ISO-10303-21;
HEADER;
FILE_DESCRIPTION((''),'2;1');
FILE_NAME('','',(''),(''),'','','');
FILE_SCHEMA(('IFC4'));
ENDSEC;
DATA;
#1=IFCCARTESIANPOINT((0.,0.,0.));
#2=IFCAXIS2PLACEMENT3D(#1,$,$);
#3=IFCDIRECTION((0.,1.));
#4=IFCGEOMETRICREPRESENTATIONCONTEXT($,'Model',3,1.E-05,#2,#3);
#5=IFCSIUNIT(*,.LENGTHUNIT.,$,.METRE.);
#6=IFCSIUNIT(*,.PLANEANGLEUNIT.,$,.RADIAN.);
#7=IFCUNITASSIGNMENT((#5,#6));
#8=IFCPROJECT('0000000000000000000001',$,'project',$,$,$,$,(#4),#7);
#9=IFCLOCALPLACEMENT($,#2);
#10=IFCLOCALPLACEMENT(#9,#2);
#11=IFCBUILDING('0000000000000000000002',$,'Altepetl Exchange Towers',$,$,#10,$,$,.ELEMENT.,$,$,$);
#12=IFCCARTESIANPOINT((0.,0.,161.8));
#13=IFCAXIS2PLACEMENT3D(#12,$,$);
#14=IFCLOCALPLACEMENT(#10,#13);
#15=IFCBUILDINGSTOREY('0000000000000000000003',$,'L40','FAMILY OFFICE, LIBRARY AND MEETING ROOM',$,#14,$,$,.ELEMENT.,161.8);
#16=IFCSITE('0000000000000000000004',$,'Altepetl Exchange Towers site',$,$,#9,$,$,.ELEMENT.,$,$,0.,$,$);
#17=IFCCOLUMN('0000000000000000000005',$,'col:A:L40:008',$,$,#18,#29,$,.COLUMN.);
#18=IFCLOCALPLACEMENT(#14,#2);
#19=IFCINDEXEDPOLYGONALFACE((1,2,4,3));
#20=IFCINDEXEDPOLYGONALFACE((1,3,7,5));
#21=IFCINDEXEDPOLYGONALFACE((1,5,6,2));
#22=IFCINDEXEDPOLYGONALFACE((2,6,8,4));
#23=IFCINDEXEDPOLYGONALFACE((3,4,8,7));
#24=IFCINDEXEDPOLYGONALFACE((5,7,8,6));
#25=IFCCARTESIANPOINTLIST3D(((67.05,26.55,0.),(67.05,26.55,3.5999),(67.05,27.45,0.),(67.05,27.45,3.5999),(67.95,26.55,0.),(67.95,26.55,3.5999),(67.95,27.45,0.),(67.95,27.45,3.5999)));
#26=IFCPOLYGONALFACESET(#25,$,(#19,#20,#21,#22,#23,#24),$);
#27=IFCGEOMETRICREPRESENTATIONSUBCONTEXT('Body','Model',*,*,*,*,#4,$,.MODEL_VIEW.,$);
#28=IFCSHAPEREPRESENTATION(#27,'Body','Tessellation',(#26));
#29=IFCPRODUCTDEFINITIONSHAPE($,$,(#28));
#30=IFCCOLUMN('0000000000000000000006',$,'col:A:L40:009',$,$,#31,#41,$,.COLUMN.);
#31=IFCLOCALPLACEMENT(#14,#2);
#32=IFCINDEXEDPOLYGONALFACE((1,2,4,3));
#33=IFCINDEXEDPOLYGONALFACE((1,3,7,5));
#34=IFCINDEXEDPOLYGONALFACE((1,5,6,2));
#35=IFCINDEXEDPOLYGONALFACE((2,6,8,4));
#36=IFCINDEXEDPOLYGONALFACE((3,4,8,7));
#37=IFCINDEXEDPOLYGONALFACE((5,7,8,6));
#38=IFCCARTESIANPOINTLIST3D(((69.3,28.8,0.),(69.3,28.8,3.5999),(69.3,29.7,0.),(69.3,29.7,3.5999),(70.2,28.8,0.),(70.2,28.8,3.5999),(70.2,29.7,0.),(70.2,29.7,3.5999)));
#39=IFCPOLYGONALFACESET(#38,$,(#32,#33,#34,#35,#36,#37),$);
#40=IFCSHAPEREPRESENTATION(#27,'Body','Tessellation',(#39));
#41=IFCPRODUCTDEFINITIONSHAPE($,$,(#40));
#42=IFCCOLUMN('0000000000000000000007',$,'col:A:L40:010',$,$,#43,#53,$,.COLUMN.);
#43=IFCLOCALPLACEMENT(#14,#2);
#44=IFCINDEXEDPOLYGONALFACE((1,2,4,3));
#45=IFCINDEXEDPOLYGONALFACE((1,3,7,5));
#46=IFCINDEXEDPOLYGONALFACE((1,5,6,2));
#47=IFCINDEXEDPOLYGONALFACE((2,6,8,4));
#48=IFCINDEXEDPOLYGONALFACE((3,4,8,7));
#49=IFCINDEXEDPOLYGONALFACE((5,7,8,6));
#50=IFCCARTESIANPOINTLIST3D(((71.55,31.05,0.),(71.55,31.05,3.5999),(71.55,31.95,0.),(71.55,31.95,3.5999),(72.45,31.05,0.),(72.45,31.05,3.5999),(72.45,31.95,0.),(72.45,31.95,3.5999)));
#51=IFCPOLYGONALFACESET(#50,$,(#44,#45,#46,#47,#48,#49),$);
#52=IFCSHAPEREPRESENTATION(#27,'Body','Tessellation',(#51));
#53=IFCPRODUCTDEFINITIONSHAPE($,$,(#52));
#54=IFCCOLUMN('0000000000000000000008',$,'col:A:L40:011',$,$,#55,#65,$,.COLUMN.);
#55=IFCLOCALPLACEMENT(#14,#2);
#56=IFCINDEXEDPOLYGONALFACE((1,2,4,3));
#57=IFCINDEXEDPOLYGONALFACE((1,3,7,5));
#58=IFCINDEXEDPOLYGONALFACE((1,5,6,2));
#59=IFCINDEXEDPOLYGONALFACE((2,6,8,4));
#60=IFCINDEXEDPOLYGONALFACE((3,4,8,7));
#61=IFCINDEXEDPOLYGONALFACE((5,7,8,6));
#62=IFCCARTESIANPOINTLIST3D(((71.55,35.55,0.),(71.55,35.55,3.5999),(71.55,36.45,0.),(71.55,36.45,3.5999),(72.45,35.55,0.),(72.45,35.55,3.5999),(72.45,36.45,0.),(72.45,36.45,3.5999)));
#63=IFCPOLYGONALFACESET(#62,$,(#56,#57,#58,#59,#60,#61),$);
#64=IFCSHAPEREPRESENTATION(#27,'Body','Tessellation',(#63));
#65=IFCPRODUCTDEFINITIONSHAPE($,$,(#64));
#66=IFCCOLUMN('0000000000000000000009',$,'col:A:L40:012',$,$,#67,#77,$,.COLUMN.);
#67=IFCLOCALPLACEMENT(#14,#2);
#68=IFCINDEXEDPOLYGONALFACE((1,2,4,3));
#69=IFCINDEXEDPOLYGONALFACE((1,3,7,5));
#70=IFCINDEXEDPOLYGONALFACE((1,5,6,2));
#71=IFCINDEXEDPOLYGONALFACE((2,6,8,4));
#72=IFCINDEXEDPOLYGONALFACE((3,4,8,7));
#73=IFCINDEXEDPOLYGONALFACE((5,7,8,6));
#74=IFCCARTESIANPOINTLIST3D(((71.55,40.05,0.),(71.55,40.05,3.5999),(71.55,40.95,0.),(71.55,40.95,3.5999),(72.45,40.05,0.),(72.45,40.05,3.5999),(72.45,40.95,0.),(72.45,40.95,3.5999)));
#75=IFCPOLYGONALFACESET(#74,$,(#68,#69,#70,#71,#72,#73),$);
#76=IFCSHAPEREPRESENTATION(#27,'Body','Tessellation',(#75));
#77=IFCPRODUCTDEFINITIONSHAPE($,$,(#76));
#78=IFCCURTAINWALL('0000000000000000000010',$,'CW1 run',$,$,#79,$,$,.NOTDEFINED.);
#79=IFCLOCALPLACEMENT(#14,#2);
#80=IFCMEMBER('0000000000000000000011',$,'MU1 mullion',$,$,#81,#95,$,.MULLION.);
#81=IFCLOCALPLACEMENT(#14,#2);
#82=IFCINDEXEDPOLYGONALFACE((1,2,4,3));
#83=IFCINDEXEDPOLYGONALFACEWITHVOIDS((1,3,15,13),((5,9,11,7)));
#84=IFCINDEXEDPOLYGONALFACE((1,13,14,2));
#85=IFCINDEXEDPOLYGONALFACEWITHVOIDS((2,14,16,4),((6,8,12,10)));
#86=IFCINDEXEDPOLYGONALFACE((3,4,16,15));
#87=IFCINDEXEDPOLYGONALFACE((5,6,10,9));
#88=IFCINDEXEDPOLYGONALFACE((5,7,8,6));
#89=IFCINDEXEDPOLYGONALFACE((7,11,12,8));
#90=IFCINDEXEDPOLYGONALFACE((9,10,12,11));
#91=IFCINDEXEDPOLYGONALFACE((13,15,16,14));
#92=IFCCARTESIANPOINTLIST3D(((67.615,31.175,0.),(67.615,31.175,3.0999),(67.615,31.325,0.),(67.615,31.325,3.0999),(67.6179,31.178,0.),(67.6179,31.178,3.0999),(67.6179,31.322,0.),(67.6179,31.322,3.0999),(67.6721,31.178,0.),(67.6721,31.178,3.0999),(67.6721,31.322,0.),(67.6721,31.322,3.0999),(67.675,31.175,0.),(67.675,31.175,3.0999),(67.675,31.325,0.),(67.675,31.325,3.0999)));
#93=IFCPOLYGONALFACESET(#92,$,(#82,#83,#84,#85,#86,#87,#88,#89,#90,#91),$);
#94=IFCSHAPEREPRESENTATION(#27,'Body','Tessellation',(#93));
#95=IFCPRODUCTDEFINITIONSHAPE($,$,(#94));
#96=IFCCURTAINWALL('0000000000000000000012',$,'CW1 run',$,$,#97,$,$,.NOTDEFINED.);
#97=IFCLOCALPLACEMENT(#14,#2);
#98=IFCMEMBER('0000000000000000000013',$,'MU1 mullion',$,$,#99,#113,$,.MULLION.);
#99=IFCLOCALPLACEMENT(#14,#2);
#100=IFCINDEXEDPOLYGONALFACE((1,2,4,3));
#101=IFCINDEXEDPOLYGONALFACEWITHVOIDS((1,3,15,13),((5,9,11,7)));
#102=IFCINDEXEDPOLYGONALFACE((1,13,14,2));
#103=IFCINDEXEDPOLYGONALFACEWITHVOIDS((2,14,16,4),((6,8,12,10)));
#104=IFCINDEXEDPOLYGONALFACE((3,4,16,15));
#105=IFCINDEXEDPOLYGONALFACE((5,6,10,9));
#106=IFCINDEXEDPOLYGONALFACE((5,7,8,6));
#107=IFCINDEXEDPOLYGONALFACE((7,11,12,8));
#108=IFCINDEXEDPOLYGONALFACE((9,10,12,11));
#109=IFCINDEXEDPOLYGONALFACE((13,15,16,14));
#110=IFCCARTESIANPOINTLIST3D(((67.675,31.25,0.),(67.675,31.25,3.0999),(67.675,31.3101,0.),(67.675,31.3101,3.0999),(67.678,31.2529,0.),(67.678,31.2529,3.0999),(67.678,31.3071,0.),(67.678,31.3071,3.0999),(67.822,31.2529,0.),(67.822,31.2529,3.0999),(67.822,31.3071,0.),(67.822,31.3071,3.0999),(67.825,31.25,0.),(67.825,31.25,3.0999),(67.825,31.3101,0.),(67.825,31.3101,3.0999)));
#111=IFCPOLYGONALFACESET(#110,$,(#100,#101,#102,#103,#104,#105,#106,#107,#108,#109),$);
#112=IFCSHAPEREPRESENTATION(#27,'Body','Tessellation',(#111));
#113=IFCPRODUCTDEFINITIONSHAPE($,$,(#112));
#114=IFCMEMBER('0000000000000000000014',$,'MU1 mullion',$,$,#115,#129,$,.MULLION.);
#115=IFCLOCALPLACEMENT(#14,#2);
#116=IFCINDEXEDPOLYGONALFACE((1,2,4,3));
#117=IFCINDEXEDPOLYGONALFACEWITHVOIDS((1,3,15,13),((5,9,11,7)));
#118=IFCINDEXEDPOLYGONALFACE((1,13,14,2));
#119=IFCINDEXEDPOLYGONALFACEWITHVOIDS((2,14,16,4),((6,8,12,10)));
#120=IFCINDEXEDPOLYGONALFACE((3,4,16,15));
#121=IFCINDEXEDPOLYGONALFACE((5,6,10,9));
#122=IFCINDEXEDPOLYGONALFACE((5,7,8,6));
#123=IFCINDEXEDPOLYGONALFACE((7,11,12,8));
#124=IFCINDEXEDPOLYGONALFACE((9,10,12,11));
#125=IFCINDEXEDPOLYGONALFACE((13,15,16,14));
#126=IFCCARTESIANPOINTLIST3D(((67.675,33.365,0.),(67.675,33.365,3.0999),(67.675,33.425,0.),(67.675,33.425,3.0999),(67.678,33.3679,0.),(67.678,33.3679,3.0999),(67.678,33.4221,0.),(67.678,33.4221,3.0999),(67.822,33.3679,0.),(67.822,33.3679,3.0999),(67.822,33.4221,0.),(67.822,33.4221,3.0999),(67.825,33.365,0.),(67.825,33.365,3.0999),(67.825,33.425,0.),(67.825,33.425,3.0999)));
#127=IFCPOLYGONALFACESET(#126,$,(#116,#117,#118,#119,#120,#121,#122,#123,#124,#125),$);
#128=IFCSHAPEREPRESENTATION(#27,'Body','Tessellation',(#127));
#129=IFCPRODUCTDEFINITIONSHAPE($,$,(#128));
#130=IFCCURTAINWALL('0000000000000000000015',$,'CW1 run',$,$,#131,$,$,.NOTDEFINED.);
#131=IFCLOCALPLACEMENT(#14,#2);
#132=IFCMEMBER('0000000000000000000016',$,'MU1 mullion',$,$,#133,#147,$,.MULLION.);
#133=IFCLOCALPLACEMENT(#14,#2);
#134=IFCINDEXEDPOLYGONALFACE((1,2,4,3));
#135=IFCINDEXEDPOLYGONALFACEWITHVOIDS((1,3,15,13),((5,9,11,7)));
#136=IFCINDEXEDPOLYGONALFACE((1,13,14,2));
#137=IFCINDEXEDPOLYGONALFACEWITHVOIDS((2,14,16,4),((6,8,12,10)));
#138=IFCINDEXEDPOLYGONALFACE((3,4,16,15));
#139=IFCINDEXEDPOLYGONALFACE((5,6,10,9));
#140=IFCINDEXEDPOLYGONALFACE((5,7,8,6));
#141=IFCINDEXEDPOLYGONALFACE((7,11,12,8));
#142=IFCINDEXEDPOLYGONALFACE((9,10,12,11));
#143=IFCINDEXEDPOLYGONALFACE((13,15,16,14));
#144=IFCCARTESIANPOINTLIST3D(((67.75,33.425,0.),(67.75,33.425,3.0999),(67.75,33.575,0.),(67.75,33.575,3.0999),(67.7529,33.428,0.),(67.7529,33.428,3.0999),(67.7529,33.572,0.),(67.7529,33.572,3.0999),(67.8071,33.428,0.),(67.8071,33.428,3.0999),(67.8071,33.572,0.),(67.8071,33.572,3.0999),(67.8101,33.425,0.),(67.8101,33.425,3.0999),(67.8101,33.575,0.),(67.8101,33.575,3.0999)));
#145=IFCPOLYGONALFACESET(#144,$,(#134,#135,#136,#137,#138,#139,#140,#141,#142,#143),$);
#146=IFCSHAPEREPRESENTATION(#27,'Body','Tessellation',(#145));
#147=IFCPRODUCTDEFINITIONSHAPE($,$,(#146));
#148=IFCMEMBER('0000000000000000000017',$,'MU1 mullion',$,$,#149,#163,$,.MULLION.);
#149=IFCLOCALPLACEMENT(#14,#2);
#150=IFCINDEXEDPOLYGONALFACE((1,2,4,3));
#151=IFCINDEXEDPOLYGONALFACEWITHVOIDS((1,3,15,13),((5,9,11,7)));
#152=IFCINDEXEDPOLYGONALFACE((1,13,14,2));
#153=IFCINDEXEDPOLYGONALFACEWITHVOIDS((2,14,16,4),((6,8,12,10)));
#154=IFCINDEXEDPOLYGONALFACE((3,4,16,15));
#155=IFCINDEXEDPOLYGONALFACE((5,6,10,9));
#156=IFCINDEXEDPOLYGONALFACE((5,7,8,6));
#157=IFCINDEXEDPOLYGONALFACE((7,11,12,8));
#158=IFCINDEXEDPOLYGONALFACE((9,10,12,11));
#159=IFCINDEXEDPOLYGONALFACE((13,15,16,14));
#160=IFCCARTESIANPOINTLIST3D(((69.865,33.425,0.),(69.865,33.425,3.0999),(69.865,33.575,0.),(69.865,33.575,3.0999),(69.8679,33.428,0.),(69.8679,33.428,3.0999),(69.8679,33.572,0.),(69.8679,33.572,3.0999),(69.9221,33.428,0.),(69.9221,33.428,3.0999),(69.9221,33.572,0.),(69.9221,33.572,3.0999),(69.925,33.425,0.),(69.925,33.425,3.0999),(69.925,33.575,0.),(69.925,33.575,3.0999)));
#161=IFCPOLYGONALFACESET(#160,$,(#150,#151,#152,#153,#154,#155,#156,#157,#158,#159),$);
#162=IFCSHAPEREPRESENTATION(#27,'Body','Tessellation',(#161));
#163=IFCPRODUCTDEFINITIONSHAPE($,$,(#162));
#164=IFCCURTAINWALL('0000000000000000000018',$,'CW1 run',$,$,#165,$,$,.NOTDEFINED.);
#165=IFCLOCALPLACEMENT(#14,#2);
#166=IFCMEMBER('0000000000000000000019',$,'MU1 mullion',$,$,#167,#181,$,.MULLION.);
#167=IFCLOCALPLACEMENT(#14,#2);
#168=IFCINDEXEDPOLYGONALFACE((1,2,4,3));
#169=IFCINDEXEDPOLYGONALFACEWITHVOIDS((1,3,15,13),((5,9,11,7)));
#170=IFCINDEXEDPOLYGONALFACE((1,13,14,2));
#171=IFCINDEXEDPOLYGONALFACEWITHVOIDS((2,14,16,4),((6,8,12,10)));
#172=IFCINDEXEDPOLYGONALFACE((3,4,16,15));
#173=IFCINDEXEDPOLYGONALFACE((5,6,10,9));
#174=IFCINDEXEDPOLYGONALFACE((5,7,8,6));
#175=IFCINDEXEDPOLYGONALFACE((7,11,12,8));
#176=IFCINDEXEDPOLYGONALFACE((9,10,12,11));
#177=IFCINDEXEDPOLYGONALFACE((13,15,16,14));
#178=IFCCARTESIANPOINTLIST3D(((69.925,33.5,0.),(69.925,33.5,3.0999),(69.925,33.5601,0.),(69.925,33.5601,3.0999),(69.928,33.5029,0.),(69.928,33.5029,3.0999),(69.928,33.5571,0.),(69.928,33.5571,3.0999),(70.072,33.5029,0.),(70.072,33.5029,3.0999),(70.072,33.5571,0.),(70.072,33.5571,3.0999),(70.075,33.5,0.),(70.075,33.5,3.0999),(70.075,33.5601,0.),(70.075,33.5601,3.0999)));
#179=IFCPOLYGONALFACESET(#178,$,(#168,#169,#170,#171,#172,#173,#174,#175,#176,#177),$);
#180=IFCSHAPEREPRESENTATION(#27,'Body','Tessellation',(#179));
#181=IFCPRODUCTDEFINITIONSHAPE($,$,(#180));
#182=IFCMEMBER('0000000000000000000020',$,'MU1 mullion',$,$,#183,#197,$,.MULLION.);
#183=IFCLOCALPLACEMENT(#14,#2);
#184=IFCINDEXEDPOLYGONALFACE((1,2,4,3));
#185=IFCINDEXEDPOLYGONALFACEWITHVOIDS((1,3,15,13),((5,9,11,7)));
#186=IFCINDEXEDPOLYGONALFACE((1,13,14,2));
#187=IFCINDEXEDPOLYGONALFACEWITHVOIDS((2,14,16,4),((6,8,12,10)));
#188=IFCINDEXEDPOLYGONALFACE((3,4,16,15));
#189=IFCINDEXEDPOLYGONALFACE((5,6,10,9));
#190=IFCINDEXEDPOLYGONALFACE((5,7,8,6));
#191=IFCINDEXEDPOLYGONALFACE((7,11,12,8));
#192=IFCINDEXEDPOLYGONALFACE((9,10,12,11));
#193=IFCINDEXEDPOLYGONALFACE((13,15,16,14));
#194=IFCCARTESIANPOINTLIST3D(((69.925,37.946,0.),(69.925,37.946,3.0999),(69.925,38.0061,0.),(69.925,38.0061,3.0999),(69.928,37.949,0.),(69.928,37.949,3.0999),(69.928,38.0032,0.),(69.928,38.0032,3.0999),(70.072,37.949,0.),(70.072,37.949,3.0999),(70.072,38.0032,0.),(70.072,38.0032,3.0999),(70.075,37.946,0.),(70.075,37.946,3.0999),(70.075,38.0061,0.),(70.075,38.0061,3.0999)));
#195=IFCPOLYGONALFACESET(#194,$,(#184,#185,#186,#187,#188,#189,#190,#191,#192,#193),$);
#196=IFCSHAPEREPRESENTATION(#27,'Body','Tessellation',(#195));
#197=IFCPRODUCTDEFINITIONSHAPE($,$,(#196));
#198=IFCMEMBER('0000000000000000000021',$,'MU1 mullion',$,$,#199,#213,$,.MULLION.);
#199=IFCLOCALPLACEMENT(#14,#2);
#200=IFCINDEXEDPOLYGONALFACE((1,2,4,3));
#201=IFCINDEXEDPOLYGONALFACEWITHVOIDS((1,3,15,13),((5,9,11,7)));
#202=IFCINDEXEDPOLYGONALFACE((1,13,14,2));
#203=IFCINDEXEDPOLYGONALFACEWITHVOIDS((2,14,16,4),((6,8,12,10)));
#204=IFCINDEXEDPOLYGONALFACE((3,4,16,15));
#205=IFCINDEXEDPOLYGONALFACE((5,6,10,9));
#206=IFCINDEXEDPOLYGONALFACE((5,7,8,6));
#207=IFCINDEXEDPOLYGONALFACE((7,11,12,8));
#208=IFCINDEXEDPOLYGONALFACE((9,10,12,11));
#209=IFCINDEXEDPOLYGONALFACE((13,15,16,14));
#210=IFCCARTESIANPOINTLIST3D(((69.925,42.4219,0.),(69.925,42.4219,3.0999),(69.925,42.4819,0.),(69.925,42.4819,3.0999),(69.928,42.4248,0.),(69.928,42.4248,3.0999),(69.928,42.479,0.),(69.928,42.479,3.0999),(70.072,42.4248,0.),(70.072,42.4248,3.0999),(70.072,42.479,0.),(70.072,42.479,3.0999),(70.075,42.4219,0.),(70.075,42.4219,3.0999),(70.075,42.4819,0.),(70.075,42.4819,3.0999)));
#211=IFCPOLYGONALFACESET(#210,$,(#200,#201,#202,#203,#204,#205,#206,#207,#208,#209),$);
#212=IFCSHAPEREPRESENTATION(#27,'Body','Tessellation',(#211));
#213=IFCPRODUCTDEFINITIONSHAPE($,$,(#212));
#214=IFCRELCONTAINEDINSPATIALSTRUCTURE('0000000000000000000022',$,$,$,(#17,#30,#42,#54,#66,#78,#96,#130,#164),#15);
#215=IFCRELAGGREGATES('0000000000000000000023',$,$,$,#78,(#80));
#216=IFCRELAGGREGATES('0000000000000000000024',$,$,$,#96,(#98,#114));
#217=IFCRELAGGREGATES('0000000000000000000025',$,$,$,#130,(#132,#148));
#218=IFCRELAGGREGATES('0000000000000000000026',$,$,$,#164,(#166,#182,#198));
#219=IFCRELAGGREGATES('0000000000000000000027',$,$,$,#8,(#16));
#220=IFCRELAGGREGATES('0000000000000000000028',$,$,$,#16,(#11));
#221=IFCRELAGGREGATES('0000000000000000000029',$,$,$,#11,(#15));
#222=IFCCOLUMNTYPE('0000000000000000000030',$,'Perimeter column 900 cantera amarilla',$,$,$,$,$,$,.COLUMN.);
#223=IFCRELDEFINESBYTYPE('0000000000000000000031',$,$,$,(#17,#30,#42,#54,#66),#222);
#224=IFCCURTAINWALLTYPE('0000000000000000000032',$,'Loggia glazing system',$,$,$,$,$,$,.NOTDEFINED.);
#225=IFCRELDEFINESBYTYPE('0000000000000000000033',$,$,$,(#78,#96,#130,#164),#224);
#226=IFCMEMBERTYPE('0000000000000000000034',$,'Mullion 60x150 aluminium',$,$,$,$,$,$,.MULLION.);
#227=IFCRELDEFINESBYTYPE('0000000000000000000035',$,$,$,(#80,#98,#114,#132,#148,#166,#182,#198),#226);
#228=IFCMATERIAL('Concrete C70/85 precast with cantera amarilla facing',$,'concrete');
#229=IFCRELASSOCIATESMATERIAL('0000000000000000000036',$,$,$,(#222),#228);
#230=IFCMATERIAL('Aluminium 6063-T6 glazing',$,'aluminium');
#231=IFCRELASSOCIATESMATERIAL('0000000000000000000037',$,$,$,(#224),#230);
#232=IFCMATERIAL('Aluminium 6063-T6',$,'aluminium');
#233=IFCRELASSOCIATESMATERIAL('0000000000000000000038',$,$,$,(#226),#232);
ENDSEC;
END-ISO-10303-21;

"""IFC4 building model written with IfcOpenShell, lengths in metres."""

from ifc_helpers import new_model, si_unit, direction, frame, origin, origin_2d, place, context, subcontext, project, spatial, rectangle, hollow_rectangle, extrude, material, material_profile, profile_set, type_object, element, aggregate, save


model = new_model("IFC4")

# Units and contexts
model_context = context("Model", 3, precision=1e-05, world=origin(), true_north=direction((0.0, 1.0)))
body_context = subcontext(model_context, "Body", "Model", "MODEL_VIEW")
ifc_project = project(units=[si_unit("LENGTHUNIT", "METRE"), si_unit("PLANEANGLEUNIT", "RADIAN")], contexts=[model_context])

# Site, building, storey
site_placement = place(None, origin())
site = spatial("IfcSite", under=ifc_project, at=site_placement, Name="Altepetl Exchange Towers site", CompositionType="ELEMENT", RefElevation=0.0)
building_placement = place(site_placement, origin())
building = spatial("IfcBuilding", under=site, at=building_placement, Name="Altepetl Exchange Towers", CompositionType="ELEMENT")
storey_placement = place(building_placement, frame((0.0, 0.0, 161.8)))
storey = spatial("IfcBuildingStorey", under=building, at=storey_placement, Name="L40", Description="FAMILY OFFICE, LIBRARY AND MEETING ROOM", CompositionType="ELEMENT", Elevation=161.8)

# Columns
ifc_material_1 = material(Name="Concrete C70/85 precast with cantera amarilla facing", Category="concrete")
ifc_material_profile_1 = material_profile(ifc_material_1, rectangle(XDim=0.8999, YDim=0.8999, at=origin_2d()), Name="900 x 900")
ifc_profile_set_1 = profile_set([ifc_material_profile_1], Name="Concrete C70/85 precast with cantera amarilla facing")
column_type = type_object("IfcColumnType", Name="Perimeter column 900 cantera amarilla", PredefinedType="COLUMN", material=ifc_profile_set_1)
for number, where, name in (
    (1, (67.5, 27.0, 0.0), "col:A:L40:008"),
    (2, (69.75, 29.25, 0.0), "col:A:L40:009"),
    (3, (72.0, 31.5, 0.0), "col:A:L40:010"),
    (4, (72.0, 36.0, 0.0), "col:A:L40:011"),
    (5, (72.0, 40.5, 0.0), "col:A:L40:012"),
):
    element("IfcColumn", number, at=place(storey_placement, frame(where)), inside=storey, type_object=column_type, Name=name, PredefinedType="COLUMN", context=body_context, shape_type="SweptSolid", body=[
        extrude(rectangle(XDim=0.8999, YDim=0.8999, at=origin_2d()), origin(), (0.0, 0.0, 1.0), 3.5999),
    ])

# Curtain wall, member
ifc_material_2 = material(Name="Aluminium 6063-T6 glazing", Category="aluminium")
curtain_wall_type = type_object("IfcCurtainWallType", Name="Loggia glazing system", PredefinedType="NOTDEFINED", material=ifc_material_2)
curtain_wall_1_placement = place(storey_placement, origin())
curtain_wall_1 = element("IfcCurtainWall", 6, at=curtain_wall_1_placement, inside=storey, type_object=curtain_wall_type, Name="CW1 run", PredefinedType="NOTDEFINED")
ifc_material_3 = material(Name="Aluminium 6063-T6", Category="aluminium")
ifc_material_profile_2 = material_profile(ifc_material_3, hollow_rectangle(XDim=0.0601, YDim=0.1499, WallThickness=0.0029, at=origin_2d()), Name="Mullion 60x150 aluminium")
ifc_profile_set_2 = profile_set([ifc_material_profile_2], Name="Aluminium 6063-T6")
member_type = type_object("IfcMemberType", Name="Mullion 60x150 aluminium", PredefinedType="MULLION", material=ifc_profile_set_2)
member_1_placement = place(storey_placement, frame((67.645, 31.25, 0.0)))
member_1 = element("IfcMember", 7, at=member_1_placement, type_object=member_type, Name="MU1 mullion", PredefinedType="MULLION", context=body_context, shape_type="SweptSolid", body=[
    extrude(hollow_rectangle(XDim=0.0601, YDim=0.1499, WallThickness=0.0029, at=origin_2d()), origin(), (0.0, 0.0, 1.0), 3.0999),
])
aggregate(curtain_wall_1, [member_1])

# Curtain walls, members
curtain_wall_2_placement = place(storey_placement, origin())
curtain_wall_2 = element("IfcCurtainWall", 8, at=curtain_wall_2_placement, inside=storey, type_object=curtain_wall_type, Name="CW1 run", PredefinedType="NOTDEFINED")
member_2_placement = place(storey_placement, frame((67.75, 31.28, 0.0), z_axis=(0.0, 0.0, 1.0), x_axis=(0.0, 1.0, 0.0)))
member_2 = element("IfcMember", 9, at=member_2_placement, type_object=member_type, Name="MU1 mullion", PredefinedType="MULLION", context=body_context, shape_type="SweptSolid", body=[
    extrude(hollow_rectangle(XDim=0.0601, YDim=0.1499, WallThickness=0.0029, at=origin_2d()), origin(), (0.0, 0.0, 1.0), 3.0999),
])
member_3_placement = place(storey_placement, frame((67.75, 33.395, 0.0), z_axis=(0.0, 0.0, 1.0), x_axis=(0.0, 1.0, 0.0)))
member_3 = element("IfcMember", 10, at=member_3_placement, type_object=member_type, Name="MU1 mullion", PredefinedType="MULLION", context=body_context, shape_type="SweptSolid", body=[
    extrude(hollow_rectangle(XDim=0.0601, YDim=0.1499, WallThickness=0.0029, at=origin_2d()), origin(), (0.0, 0.0, 1.0), 3.0999),
])
curtain_wall_3_placement = place(storey_placement, origin())
curtain_wall_3 = element("IfcCurtainWall", 11, at=curtain_wall_3_placement, inside=storey, type_object=curtain_wall_type, Name="CW1 run", PredefinedType="NOTDEFINED")
member_4_placement = place(storey_placement, frame((67.78, 33.5, 0.0)))
member_4 = element("IfcMember", 12, at=member_4_placement, type_object=member_type, Name="MU1 mullion", PredefinedType="MULLION", context=body_context, shape_type="SweptSolid", body=[
    extrude(hollow_rectangle(XDim=0.0601, YDim=0.1499, WallThickness=0.0029, at=origin_2d()), origin(), (0.0, 0.0, 1.0), 3.0999),
])
member_5_placement = place(storey_placement, frame((69.895, 33.5, 0.0)))
member_5 = element("IfcMember", 13, at=member_5_placement, type_object=member_type, Name="MU1 mullion", PredefinedType="MULLION", context=body_context, shape_type="SweptSolid", body=[
    extrude(hollow_rectangle(XDim=0.0601, YDim=0.1499, WallThickness=0.0029, at=origin_2d()), origin(), (0.0, 0.0, 1.0), 3.0999),
])
curtain_wall_4_placement = place(storey_placement, origin())
curtain_wall_4 = element("IfcCurtainWall", 14, at=curtain_wall_4_placement, inside=storey, type_object=curtain_wall_type, Name="CW1 run", PredefinedType="NOTDEFINED")
member_6_placement = place(storey_placement, frame((70.0, 33.53, 0.0), z_axis=(0.0, 0.0, 1.0), x_axis=(0.0, 1.0, 0.0)))
member_6 = element("IfcMember", 15, at=member_6_placement, type_object=member_type, Name="MU1 mullion", PredefinedType="MULLION", context=body_context, shape_type="SweptSolid", body=[
    extrude(hollow_rectangle(XDim=0.0601, YDim=0.1499, WallThickness=0.0029, at=origin_2d()), origin(), (0.0, 0.0, 1.0), 3.0999),
])
member_7_placement = place(storey_placement, frame((70.0, 37.9761, 0.0), z_axis=(0.0, 0.0, 1.0), x_axis=(0.0, 1.0, 0.0)))
member_7 = element("IfcMember", 16, at=member_7_placement, type_object=member_type, Name="MU1 mullion", PredefinedType="MULLION", context=body_context, shape_type="SweptSolid", body=[
    extrude(hollow_rectangle(XDim=0.0601, YDim=0.1499, WallThickness=0.0029, at=origin_2d()), origin(), (0.0, 0.0, 1.0), 3.0999),
])
member_8_placement = place(storey_placement, frame((70.0, 42.4519, 0.0), z_axis=(0.0, 0.0, 1.0), x_axis=(0.0, 1.0, 0.0)))
member_8 = element("IfcMember", 17, at=member_8_placement, type_object=member_type, Name="MU1 mullion", PredefinedType="MULLION", context=body_context, shape_type="SweptSolid", body=[
    extrude(hollow_rectangle(XDim=0.0601, YDim=0.1499, WallThickness=0.0029, at=origin_2d()), origin(), (0.0, 0.0, 1.0), 3.0999),
])

aggregate(curtain_wall_2, [member_2, member_3])
aggregate(curtain_wall_3, [member_4, member_5])
aggregate(curtain_wall_4, [member_6, member_7, member_8])

save(model, "model.ifc")
